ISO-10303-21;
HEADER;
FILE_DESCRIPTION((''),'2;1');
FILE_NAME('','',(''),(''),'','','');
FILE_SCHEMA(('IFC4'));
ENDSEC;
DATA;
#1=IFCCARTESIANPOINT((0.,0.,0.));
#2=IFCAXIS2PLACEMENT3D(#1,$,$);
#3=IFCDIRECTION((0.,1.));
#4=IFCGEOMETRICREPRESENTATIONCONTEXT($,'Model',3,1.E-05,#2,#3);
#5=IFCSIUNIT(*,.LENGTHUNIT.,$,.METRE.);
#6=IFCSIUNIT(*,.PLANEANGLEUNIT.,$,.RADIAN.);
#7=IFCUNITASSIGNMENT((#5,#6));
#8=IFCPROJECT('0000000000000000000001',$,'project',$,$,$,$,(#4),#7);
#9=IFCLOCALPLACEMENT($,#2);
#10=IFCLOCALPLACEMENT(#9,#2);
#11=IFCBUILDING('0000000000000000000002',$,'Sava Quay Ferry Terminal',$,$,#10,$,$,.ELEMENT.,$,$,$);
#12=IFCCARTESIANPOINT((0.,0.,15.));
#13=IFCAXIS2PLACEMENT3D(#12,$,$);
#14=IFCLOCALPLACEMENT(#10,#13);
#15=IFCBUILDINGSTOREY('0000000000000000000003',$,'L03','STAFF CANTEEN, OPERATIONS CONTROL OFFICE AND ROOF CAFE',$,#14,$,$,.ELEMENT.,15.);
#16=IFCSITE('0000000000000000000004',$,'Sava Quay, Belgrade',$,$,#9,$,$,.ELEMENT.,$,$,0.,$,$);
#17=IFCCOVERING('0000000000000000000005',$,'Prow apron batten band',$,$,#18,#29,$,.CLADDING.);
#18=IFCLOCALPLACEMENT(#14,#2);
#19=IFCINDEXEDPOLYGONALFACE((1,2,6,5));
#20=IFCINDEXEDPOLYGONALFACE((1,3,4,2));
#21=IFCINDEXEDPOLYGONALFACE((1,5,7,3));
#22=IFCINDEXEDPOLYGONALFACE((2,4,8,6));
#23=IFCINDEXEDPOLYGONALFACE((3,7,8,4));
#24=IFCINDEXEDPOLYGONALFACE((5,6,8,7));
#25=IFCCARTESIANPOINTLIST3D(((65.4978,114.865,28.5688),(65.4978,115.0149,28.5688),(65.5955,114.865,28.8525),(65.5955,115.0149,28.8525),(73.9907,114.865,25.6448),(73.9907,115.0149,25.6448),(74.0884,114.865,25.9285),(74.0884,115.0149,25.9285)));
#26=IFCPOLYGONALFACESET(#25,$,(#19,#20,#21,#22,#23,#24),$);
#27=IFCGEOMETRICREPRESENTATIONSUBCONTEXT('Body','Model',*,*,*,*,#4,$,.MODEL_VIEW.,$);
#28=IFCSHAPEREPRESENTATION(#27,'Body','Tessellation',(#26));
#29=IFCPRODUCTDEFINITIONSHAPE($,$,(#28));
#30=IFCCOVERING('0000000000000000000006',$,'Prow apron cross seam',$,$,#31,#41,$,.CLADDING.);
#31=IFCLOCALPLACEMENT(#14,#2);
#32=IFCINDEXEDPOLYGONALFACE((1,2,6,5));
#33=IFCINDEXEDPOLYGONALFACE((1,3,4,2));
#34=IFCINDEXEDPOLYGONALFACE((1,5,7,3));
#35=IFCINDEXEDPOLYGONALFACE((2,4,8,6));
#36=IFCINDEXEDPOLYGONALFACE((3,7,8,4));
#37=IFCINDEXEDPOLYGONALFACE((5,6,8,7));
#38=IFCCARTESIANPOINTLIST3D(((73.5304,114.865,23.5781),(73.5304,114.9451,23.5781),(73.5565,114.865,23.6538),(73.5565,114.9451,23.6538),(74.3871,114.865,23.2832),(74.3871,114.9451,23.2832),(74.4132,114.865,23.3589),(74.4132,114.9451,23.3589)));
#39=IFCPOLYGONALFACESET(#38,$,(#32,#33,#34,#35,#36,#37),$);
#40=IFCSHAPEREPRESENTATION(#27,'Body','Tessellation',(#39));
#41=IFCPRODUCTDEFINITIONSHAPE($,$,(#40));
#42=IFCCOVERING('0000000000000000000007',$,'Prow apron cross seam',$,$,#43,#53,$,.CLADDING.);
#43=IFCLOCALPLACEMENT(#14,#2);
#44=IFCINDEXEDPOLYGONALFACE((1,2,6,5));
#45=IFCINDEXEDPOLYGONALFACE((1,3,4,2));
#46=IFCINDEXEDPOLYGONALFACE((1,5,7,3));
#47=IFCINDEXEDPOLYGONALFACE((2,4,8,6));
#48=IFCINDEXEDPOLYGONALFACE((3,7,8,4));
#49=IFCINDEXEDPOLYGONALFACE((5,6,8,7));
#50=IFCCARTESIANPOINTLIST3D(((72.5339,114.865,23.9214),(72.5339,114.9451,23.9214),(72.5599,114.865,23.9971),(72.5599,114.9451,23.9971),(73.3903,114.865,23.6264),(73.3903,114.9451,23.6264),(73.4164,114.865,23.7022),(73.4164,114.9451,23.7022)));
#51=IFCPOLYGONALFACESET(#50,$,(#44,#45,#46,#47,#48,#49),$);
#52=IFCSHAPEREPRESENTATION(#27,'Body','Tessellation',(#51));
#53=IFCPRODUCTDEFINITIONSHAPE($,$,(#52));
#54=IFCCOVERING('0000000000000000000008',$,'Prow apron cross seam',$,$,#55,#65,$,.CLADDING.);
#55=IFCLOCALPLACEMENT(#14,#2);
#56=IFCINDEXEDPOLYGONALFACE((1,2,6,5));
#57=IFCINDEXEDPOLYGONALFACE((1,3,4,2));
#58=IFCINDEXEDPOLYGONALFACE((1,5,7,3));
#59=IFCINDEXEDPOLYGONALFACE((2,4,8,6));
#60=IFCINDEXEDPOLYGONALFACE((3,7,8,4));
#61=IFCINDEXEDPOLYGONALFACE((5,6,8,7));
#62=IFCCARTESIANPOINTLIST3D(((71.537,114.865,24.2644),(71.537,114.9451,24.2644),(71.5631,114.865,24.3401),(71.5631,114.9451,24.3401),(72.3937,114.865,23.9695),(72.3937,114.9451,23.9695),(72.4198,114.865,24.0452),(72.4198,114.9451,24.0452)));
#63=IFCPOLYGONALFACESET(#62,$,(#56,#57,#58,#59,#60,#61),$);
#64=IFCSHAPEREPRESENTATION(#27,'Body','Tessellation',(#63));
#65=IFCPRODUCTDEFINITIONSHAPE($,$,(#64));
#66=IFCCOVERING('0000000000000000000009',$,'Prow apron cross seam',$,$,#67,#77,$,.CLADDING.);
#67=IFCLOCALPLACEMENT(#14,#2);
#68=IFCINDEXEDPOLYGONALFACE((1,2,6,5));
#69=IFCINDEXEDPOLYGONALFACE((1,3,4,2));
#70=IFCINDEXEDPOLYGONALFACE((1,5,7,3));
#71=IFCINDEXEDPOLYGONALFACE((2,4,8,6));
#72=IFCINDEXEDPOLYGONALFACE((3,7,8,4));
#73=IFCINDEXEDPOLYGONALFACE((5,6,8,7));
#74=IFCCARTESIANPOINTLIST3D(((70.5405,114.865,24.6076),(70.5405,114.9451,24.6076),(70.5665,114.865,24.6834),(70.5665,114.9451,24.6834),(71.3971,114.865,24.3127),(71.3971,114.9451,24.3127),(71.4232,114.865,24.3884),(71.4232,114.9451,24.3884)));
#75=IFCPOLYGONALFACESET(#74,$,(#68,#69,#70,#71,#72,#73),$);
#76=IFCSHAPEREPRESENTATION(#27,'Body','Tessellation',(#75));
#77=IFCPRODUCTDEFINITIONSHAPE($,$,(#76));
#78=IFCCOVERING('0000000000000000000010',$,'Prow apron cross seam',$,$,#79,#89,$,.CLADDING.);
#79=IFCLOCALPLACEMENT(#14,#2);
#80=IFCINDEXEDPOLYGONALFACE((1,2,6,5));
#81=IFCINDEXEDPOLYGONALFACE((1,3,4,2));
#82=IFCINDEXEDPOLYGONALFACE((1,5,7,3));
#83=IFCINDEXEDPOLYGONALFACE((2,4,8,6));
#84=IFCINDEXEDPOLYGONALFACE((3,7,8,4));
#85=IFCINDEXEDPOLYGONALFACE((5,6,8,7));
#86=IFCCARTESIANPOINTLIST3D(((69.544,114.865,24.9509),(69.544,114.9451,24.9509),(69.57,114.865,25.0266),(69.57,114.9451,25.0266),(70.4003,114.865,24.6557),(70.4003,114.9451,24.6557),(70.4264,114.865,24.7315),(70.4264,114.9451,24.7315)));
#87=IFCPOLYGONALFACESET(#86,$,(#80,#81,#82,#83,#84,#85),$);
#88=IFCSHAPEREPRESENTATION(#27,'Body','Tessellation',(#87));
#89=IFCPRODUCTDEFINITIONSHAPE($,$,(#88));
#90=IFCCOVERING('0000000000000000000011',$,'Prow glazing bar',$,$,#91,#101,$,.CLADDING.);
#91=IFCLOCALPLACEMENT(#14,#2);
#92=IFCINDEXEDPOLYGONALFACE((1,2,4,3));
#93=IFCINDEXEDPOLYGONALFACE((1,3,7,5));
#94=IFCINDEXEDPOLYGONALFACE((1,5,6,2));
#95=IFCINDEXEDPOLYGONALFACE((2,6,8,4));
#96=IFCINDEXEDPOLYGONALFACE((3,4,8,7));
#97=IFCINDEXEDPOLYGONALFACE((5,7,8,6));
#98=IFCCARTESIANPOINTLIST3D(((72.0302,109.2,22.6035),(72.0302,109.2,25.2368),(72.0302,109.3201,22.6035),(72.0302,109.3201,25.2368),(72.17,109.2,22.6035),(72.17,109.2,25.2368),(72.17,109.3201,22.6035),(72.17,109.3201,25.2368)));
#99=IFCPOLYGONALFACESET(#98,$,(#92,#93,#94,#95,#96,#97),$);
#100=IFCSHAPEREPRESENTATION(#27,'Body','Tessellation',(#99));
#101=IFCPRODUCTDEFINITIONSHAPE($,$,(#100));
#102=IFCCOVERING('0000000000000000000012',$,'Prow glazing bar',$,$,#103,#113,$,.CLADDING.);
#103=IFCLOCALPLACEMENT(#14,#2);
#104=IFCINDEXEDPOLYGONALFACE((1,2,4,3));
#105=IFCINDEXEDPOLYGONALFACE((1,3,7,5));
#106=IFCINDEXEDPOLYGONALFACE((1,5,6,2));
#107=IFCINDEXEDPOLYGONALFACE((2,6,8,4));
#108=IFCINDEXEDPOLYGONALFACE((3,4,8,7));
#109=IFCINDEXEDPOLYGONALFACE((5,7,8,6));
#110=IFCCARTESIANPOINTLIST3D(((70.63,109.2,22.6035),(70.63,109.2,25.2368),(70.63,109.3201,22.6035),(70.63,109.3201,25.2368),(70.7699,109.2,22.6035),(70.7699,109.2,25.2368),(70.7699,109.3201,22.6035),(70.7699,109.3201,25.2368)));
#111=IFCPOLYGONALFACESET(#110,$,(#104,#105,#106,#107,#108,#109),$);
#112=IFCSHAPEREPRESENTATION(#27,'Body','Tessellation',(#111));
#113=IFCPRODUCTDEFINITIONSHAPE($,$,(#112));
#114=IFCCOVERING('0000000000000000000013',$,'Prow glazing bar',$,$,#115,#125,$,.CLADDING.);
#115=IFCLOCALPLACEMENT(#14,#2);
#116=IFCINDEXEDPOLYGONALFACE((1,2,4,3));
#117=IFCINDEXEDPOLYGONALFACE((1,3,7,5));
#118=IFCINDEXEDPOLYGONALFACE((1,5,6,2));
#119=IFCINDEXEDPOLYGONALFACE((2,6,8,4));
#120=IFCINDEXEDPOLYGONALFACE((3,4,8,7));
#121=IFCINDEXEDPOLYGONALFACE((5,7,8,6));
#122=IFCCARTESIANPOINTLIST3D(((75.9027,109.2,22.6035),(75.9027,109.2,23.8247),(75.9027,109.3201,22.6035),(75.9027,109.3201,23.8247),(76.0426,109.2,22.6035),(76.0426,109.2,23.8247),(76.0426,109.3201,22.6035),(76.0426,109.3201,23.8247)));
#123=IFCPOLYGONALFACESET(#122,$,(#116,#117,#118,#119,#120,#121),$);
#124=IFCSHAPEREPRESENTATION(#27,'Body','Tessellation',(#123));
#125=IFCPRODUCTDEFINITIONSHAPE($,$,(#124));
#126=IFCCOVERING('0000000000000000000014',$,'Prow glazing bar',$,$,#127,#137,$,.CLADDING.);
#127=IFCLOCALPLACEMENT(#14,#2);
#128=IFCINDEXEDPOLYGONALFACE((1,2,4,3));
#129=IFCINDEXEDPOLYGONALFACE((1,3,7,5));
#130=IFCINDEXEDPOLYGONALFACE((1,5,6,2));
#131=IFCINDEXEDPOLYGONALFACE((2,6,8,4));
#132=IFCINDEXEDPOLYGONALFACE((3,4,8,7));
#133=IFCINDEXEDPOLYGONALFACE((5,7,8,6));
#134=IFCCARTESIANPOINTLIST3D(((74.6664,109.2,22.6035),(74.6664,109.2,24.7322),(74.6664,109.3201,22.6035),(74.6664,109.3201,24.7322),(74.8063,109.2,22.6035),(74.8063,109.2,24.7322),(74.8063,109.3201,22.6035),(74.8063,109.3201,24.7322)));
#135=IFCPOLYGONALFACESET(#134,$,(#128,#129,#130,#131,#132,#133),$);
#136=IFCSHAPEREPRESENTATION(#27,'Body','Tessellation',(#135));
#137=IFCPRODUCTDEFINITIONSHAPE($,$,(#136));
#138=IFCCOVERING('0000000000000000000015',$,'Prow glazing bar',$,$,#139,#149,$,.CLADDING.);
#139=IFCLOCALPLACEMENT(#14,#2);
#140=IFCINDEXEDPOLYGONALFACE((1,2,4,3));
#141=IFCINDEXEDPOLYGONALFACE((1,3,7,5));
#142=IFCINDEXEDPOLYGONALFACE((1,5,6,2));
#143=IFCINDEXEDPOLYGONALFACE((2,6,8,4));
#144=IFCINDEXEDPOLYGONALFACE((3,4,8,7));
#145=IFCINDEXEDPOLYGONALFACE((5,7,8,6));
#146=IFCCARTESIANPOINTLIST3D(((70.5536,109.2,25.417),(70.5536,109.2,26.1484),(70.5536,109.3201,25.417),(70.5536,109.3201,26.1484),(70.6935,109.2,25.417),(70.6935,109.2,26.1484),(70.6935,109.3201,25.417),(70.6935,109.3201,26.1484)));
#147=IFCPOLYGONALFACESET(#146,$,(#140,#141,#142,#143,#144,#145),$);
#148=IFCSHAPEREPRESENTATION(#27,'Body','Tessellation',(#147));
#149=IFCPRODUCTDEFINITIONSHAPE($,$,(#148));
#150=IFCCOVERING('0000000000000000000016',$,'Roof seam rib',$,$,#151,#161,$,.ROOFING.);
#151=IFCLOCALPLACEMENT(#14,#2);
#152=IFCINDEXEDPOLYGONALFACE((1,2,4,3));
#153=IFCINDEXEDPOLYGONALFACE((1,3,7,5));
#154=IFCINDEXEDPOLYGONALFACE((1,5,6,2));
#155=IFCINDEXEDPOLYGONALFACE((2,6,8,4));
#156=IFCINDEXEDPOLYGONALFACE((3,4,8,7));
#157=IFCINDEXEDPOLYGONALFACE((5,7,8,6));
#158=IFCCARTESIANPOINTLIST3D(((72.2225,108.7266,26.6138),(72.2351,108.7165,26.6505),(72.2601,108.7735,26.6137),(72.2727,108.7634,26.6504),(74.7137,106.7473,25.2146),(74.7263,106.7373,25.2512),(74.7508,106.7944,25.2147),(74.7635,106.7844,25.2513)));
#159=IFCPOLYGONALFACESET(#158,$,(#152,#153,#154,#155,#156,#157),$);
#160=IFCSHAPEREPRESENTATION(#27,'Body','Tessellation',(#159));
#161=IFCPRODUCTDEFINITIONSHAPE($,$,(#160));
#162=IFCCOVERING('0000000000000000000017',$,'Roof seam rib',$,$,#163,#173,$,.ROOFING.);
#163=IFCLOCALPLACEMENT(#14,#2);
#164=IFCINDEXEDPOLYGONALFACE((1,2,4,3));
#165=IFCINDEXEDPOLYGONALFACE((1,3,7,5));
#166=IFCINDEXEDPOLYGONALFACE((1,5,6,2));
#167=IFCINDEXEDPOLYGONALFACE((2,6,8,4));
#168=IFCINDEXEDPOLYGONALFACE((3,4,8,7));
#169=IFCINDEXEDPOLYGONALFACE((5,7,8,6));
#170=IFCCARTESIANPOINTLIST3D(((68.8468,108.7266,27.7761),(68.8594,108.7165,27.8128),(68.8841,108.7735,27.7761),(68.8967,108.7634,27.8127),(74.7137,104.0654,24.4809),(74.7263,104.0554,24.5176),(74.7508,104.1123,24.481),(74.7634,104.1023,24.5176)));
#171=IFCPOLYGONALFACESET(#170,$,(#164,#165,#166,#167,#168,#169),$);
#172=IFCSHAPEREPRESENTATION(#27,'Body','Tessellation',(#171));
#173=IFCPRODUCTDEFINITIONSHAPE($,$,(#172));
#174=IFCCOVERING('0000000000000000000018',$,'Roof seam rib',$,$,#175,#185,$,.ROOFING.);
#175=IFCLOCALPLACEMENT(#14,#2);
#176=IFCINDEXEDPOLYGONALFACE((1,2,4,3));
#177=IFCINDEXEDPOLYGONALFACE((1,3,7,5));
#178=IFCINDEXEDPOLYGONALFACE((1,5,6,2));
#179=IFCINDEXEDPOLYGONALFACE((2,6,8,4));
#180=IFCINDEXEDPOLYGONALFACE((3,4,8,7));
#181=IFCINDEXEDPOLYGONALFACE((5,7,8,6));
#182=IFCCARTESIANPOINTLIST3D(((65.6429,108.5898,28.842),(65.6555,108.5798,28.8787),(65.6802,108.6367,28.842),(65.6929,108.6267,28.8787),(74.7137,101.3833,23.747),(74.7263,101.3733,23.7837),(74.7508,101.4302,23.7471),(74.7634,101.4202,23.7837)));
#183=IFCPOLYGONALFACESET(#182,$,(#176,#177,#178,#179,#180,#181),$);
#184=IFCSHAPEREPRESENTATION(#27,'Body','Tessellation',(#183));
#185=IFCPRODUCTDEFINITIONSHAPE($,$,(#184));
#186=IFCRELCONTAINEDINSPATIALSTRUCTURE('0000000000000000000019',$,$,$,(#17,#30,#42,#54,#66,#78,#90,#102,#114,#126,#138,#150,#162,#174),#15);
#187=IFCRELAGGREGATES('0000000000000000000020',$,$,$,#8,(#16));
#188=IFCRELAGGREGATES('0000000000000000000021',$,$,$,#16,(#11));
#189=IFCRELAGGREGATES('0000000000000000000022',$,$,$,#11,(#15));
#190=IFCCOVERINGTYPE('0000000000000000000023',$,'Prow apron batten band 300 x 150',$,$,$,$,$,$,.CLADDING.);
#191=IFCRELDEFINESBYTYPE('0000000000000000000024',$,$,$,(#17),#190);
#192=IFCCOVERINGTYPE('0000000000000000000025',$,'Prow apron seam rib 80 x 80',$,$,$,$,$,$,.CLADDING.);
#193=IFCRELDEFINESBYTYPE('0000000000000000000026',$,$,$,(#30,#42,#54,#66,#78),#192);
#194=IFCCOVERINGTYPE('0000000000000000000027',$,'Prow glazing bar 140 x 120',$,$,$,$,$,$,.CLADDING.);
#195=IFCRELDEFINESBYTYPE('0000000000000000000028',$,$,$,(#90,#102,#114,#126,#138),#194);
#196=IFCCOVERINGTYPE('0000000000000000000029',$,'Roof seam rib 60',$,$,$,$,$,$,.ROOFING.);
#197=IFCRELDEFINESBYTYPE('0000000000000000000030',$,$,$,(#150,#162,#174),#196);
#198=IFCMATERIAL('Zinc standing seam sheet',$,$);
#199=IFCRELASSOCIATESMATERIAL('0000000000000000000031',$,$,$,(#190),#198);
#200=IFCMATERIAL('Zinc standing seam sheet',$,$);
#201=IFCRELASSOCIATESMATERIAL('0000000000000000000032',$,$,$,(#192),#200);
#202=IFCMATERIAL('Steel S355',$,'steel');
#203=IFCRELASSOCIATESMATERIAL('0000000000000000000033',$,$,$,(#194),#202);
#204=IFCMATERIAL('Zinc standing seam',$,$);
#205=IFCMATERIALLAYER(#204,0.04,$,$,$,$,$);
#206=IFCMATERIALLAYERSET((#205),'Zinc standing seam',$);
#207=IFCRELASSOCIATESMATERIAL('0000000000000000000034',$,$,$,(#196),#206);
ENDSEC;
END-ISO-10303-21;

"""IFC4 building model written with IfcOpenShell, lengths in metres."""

from ifc_helpers import new_model, si_unit, direction, frame, origin, origin_2d, place, context, subcontext, project, spatial, polyline, rectangle, outline, extrude, material, layer, layer_set, material_profile, profile_set, type_object, element, save


model = new_model("IFC4")

# Units and contexts
model_context = context("Model", 3, precision=1e-05, world=origin(), true_north=direction((0.0, 1.0)))
body_context = subcontext(model_context, "Body", "Model", "MODEL_VIEW")
ifc_project = project(units=[si_unit("LENGTHUNIT", "METRE"), si_unit("PLANEANGLEUNIT", "RADIAN")], contexts=[model_context])

# Site, building, storey
site_placement = place(None, origin())
site = spatial("IfcSite", under=ifc_project, at=site_placement, Name="Sava Quay, Belgrade", CompositionType="ELEMENT", RefElevation=0.0)
building_placement = place(site_placement, origin())
building = spatial("IfcBuilding", under=site, at=building_placement, Name="Sava Quay Ferry Terminal", CompositionType="ELEMENT")
storey_placement = place(building_placement, frame((0.0, 0.0, 15.0)))
storey = spatial("IfcBuildingStorey", under=building, at=storey_placement, Name="L03", Description="STAFF CANTEEN, OPERATIONS CONTROL OFFICE AND ROOF CAFE", CompositionType="ELEMENT", Elevation=15.0)

# Coverings
ifc_material_1 = material(Name="Zinc standing seam sheet")
ifc_material_profile_1 = material_profile(ifc_material_1, rectangle(XDim=0.3, YDim=0.1499, at=origin_2d()), Name="Strip 300 x 150")
ifc_profile_set_1 = profile_set([ifc_material_profile_1], Name="Zinc standing seam sheet")
covering_type_1 = type_object("IfcCoveringType", Name="Prow apron batten band 300 x 150", PredefinedType="CLADDING", material=ifc_profile_set_1)
covering_1_placement = place(storey_placement, frame((74.0396, 114.9399, 25.7866), z_axis=(-0.945528, 0.0, 0.325541), x_axis=(0.325541, 0.0, 0.945528)))
element("IfcCovering", 1, at=covering_1_placement, inside=storey, type_object=covering_type_1, Name="Prow apron batten band", PredefinedType="CLADDING", context=body_context, shape_type="SweptSolid", body=[
    extrude(rectangle(XDim=0.3, YDim=0.1499, at=origin_2d()), origin(), (0.0, 0.0, 1.0), 8.9822),
])
ifc_material_2 = material(Name="Zinc standing seam sheet")
ifc_material_profile_2 = material_profile(ifc_material_2, rectangle(XDim=0.0801, YDim=0.0801, at=origin_2d()), Name="Strip 80 x 80")
ifc_profile_set_2 = profile_set([ifc_material_profile_2], Name="Zinc standing seam sheet")
covering_type_2 = type_object("IfcCoveringType", Name="Prow apron seam rib 80 x 80", PredefinedType="CLADDING", material=ifc_profile_set_2)
covering_2_placement = place(storey_placement, frame((74.4001, 114.905, 23.321), z_axis=(-0.945539, 0.0, 0.325509), x_axis=(0.325509, 0.0, 0.945539)))
element("IfcCovering", 2, at=covering_2_placement, inside=storey, type_object=covering_type_2, Name="Prow apron cross seam", PredefinedType="CLADDING", context=body_context, shape_type="SweptSolid", body=[
    extrude(rectangle(XDim=0.0801, YDim=0.0801, at=origin_2d()), origin(), (0.0, 0.0, 1.0), 0.906),
])
covering_3_placement = place(storey_placement, frame((73.4033, 114.905, 23.6643), z_axis=(-0.94551, 0.0, 0.325592), x_axis=(0.325592, 0.0, 0.94551)))
element("IfcCovering", 3, at=covering_3_placement, inside=storey, type_object=covering_type_2, Name="Prow apron cross seam", PredefinedType="CLADDING", context=body_context, shape_type="SweptSolid", body=[
    extrude(rectangle(XDim=0.0801, YDim=0.0801, at=origin_2d()), origin(), (0.0, 0.0, 1.0), 0.9058),
])
for number, where, z_axis, x_axis, name in (
    (4, (72.4067, 114.905, 24.0073), (-0.945539, 0.0, 0.325509), (0.325509, 0.0, 0.945539), "Prow apron cross seam"),
    (5, (71.4102, 114.905, 24.3506), (-0.945539, 0.0, 0.325509), (0.325509, 0.0, 0.945539), "Prow apron cross seam"),
):
    element("IfcCovering", number, at=place(storey_placement, frame(where, z_axis=z_axis, x_axis=x_axis)), inside=storey, type_object=covering_type_2, Name=name, PredefinedType="CLADDING", context=body_context, shape_type="SweptSolid", body=[
        extrude(rectangle(XDim=0.0801, YDim=0.0801, at=origin_2d()), origin(), (0.0, 0.0, 1.0), 0.906),
    ])
covering_4_placement = place(storey_placement, frame((70.4133, 114.905, 24.6936), z_axis=(-0.945427, 0.0, 0.325833), x_axis=(0.325833, 0.0, 0.945427)))
element("IfcCovering", 6, at=covering_4_placement, inside=storey, type_object=covering_type_2, Name="Prow apron cross seam", PredefinedType="CLADDING", context=body_context, shape_type="SweptSolid", body=[
    extrude(rectangle(XDim=0.0801, YDim=0.0801, at=origin_2d()), origin(), (0.0, 0.0, 1.0), 0.9058),
])
ifc_material_3 = material(Name="Steel S355", Category="steel")
ifc_material_profile_3 = material_profile(ifc_material_3, rectangle(XDim=0.1399, YDim=0.1201, at=origin_2d()), Name="Strip 140 x 120")
ifc_profile_set_3 = profile_set([ifc_material_profile_3], Name="Steel S355")
covering_type_3 = type_object("IfcCoveringType", Name="Prow glazing bar 140 x 120", PredefinedType="CLADDING", material=ifc_profile_set_3)
for number, where, z_axis, x_axis, name in (
    (7, (72.1001, 109.26, 22.6035), (0.0, 0.0, 1.0), (1.0, 0.0, 0.0), "Prow glazing bar"),
    (8, (70.7, 109.26, 22.6035), (0.0, 0.0, 1.0), (1.0, 0.0, 0.0), "Prow glazing bar"),
):
    element("IfcCovering", number, at=place(storey_placement, frame(where, z_axis=z_axis, x_axis=x_axis)), inside=storey, type_object=covering_type_3, Name=name, PredefinedType="CLADDING", context=body_context, shape_type="SweptSolid", body=[
        extrude(rectangle(XDim=0.1399, YDim=0.1201, at=origin_2d()), origin(), (0.0, 0.0, 1.0), 2.6333),
    ])
covering_5_placement = place(storey_placement, frame((75.9727, 109.26, 22.6035), z_axis=(0.0, 0.0, 1.0), x_axis=(1.0, 0.0, 0.0)))
element("IfcCovering", 9, at=covering_5_placement, inside=storey, type_object=covering_type_3, Name="Prow glazing bar", PredefinedType="CLADDING", context=body_context, shape_type="SweptSolid", body=[
    extrude(rectangle(XDim=0.1399, YDim=0.1201, at=origin_2d()), origin(), (0.0, 0.0, 1.0), 1.2212),
])
covering_6_placement = place(storey_placement, frame((74.7363, 109.26, 22.6035), z_axis=(0.0, 0.0, 1.0), x_axis=(1.0, 0.0, 0.0)))
element("IfcCovering", 10, at=covering_6_placement, inside=storey, type_object=covering_type_3, Name="Prow glazing bar", PredefinedType="CLADDING", context=body_context, shape_type="SweptSolid", body=[
    extrude(rectangle(XDim=0.1399, YDim=0.1201, at=origin_2d()), origin(), (0.0, 0.0, 1.0), 2.1287),
])
covering_7_placement = place(storey_placement, frame((70.6235, 109.26, 25.417), z_axis=(0.0, 0.0, 1.0), x_axis=(1.0, 0.0, 0.0)))
element("IfcCovering", 11, at=covering_7_placement, inside=storey, type_object=covering_type_3, Name="Prow glazing bar", PredefinedType="CLADDING", context=body_context, shape_type="SweptSolid", body=[
    extrude(rectangle(XDim=0.1399, YDim=0.1201, at=origin_2d()), origin(), (0.0, 0.0, 1.0), 0.7314),
])
ifc_material_4 = material(Name="Zinc standing seam")
ifc_layer = layer(ifc_material_4, 0.04)
ifc_layer_set = layer_set([ifc_layer], Name="Zinc standing seam")
covering_type_4 = type_object("IfcCoveringType", Name="Roof seam rib 60", PredefinedType="ROOFING", material=ifc_layer_set)
covering_8_placement = place(storey_placement, frame((74.7263, 106.7373, 25.2512), z_axis=(0.315154, -0.250486, 0.915388), x_axis=(-0.716719, 0.569428, 0.402574)))
element("IfcCovering", 12, at=covering_8_placement, inside=storey, type_object=covering_type_4, Name="Roof seam rib", PredefinedType="ROOFING", context=body_context, shape_type="SweptSolid", body=[
    extrude(outline(polyline([(0.0, 0.0), (3.4758, 0.0), (3.4756, -0.0601), (0.0002, -0.06), (0.0, 0.0)])), origin(), (0.0, 0.0, -1.0), 0.04),
])
covering_9_placement = place(storey_placement, frame((74.7263, 104.0554, 24.5176), z_axis=(0.315223, -0.250373, 0.915395), x_axis=(-0.716731, 0.569424, 0.402557)))
element("IfcCovering", 13, at=covering_9_placement, inside=storey, type_object=covering_type_4, Name="Roof seam rib", PredefinedType="ROOFING", context=body_context, shape_type="SweptSolid", body=[
    extrude(outline(polyline([(0.0, 0.0), (8.1857, 0.0), (8.1856, -0.0599), (0.0001, -0.0598), (0.0, 0.0)])), origin(), (0.0, 0.0, -1.0), 0.04),
])
covering_10_placement = place(storey_placement, frame((74.7263, 101.3733, 23.7837), z_axis=(0.31524, -0.250386, 0.915385), x_axis=(-0.716723, 0.56942, 0.402579)))
element("IfcCovering", 14, at=covering_10_placement, inside=storey, type_object=covering_type_4, Name="Roof seam rib", PredefinedType="ROOFING", context=body_context, shape_type="SweptSolid", body=[
    extrude(outline(polyline([(0.0, 0.0), (12.6559, 0.0), (12.6558, -0.0599), (0.0001, -0.0598), (0.0, 0.0)])), origin(), (0.0, 0.0, -1.0), 0.04),
])

save(model, "model.ifc")
